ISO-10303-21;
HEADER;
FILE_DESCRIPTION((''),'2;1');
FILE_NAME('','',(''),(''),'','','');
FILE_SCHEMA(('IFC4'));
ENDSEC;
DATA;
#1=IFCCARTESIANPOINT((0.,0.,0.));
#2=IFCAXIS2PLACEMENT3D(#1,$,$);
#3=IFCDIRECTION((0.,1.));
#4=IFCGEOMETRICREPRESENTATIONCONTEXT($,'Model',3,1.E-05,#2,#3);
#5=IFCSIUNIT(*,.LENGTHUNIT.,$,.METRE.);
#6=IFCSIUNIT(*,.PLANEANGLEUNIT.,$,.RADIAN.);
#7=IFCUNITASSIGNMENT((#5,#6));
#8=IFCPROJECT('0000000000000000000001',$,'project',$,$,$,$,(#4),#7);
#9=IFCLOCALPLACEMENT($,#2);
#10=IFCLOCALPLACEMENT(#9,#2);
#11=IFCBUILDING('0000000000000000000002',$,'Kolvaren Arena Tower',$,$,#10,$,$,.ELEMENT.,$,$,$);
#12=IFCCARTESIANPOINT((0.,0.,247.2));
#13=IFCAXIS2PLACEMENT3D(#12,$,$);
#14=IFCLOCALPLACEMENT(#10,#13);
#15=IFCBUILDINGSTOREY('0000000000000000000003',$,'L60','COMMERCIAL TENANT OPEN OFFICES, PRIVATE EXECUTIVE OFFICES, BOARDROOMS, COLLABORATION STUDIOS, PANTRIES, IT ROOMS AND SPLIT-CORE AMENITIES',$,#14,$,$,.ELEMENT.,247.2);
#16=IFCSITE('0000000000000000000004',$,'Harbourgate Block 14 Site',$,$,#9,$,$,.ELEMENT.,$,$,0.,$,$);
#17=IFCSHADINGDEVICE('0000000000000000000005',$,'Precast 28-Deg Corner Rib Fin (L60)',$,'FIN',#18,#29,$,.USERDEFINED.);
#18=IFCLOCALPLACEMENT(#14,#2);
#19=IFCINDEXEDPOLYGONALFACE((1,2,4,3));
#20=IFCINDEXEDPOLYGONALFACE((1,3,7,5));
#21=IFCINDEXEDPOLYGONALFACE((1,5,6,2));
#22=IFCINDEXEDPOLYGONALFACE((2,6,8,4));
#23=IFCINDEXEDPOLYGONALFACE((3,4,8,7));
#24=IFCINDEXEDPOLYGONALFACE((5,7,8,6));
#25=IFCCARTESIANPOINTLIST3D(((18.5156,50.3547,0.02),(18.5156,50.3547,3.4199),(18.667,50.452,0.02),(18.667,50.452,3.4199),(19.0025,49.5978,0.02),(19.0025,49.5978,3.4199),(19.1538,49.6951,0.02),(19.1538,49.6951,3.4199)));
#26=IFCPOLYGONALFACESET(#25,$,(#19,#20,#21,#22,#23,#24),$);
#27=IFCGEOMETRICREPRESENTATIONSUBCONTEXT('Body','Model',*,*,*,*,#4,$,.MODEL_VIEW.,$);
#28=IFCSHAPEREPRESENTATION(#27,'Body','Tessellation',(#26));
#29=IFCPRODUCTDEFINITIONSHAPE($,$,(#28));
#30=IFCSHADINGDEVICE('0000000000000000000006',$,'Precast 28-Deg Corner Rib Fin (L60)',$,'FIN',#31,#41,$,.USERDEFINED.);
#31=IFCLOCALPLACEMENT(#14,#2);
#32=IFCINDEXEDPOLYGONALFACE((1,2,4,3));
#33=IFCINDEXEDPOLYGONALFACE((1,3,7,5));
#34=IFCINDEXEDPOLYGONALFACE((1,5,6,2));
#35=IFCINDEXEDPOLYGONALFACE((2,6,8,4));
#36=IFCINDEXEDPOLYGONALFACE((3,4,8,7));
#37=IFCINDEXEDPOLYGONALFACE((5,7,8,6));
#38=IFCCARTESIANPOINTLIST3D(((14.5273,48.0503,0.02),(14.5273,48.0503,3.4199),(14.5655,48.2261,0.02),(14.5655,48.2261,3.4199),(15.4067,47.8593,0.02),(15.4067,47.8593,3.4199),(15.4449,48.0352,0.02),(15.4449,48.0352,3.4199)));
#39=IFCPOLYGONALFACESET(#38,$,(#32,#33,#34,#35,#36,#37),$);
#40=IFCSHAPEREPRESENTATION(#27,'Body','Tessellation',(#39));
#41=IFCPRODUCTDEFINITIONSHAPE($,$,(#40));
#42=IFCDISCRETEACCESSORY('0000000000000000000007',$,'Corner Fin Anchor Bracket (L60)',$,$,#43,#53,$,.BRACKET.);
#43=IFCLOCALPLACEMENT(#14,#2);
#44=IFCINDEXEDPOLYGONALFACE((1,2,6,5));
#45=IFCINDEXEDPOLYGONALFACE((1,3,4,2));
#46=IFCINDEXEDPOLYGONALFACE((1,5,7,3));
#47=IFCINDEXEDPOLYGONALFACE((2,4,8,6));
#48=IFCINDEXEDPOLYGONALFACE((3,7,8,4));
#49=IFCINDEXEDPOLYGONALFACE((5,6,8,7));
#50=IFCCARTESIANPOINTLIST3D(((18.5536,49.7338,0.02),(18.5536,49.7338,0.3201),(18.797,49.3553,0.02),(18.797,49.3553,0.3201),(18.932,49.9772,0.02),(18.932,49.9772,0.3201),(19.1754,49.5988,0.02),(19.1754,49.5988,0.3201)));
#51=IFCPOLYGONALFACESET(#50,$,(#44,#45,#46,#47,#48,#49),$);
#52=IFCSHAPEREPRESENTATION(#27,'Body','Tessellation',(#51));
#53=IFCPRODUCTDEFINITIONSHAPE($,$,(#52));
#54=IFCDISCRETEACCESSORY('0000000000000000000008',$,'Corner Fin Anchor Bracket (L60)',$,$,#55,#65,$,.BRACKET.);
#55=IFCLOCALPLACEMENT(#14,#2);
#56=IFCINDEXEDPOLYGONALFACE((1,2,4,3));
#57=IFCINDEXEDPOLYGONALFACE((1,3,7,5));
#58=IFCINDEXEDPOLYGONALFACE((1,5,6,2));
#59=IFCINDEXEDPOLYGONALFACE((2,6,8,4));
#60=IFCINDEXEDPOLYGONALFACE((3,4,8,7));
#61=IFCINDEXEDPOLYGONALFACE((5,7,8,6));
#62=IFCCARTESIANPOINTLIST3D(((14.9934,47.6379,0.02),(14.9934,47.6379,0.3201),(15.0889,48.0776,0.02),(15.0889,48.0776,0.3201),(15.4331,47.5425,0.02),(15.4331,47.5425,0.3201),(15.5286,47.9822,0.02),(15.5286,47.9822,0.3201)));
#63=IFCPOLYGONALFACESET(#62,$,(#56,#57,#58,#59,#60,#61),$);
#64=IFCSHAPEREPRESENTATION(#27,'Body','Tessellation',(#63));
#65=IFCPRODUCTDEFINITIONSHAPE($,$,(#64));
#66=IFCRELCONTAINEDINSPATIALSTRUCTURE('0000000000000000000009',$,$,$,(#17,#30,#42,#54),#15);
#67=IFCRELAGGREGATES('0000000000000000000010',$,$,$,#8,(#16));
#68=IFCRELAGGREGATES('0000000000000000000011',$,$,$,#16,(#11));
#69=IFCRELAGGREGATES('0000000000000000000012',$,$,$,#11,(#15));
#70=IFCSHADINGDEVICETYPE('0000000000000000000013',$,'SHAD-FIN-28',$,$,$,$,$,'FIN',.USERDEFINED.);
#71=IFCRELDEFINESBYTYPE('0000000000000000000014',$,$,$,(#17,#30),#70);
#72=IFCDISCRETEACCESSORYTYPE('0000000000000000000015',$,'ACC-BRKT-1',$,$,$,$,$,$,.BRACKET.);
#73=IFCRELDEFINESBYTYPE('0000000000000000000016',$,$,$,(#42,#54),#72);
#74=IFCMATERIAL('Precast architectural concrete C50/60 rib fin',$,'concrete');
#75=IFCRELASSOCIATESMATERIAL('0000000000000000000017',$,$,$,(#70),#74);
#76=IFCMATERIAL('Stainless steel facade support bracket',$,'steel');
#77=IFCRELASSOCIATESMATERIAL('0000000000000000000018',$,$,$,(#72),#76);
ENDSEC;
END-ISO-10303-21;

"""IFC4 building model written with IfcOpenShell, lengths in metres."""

from ifc_helpers import new_model, si_unit, direction, frame, origin, origin_2d, place, context, subcontext, project, spatial, rectangle, extrude, material, type_object, element, save


model = new_model("IFC4")

# Units and contexts
model_context = context("Model", 3, precision=1e-05, world=origin(), true_north=direction((0.0, 1.0)))
body_context = subcontext(model_context, "Body", "Model", "MODEL_VIEW")
ifc_project = project(units=[si_unit("LENGTHUNIT", "METRE"), si_unit("PLANEANGLEUNIT", "RADIAN")], contexts=[model_context])

# Site, building, storey
site_placement = place(None, origin())
site = spatial("IfcSite", under=ifc_project, at=site_placement, Name="Harbourgate Block 14 Site", CompositionType="ELEMENT", RefElevation=0.0)
building_placement = place(site_placement, origin())
building = spatial("IfcBuilding", under=site, at=building_placement, Name="Kolvaren Arena Tower", CompositionType="ELEMENT")
storey_placement = place(building_placement, frame((0.0, 0.0, 247.2)))
storey = spatial("IfcBuildingStorey", under=building, at=storey_placement, Name="L60", Description="COMMERCIAL TENANT OPEN OFFICES, PRIVATE EXECUTIVE OFFICES, BOARDROOMS, COLLABORATION STUDIOS, PANTRIES, IT ROOMS AND SPLIT-CORE AMENITIES", CompositionType="ELEMENT", Elevation=247.2)

# Shading devices
ifc_material_1 = material(Name="Precast architectural concrete C50/60 rib fin", Category="concrete")
shading_device_type = type_object("IfcShadingDeviceType", Name="SHAD-FIN-28", ElementType="FIN", PredefinedType="USERDEFINED", material=ifc_material_1)
for number, where, z_axis, x_axis, name in (
    (1, (18.8347, 50.0249, 0.02), (0.0, 0.0, 1.0), (-0.540982, 0.841034, 0.0), "Precast 28-Deg Corner Rib Fin (L60)"),
    (2, (14.9861, 48.0427, 0.02), (0.0, 0.0, 1.0), (-0.977234, 0.212162, 0.0), "Precast 28-Deg Corner Rib Fin (L60)"),
):
    element("IfcShadingDevice", number, at=place(storey_placement, frame(where, z_axis=z_axis, x_axis=x_axis)), inside=storey, type_object=shading_device_type, Name=name, ObjectType="FIN", PredefinedType="USERDEFINED", context=body_context, shape_type="SweptSolid", body=[
        extrude(rectangle(XDim=0.8999, YDim=0.1799, at=origin_2d()), origin(), (0.0, 0.0, 1.0), 3.3999),
    ])

# Discrete accessories
ifc_material_2 = material(Name="Stainless steel facade support bracket", Category="steel")
discrete_accessory_type = type_object("IfcDiscreteAccessoryType", Name="ACC-BRKT-1", PredefinedType="BRACKET", material=ifc_material_2)
for number, where, z_axis, x_axis, name in (
    (3, (18.8645, 49.6663, 0.02), (0.0, 0.0, 1.0), (-0.540982, 0.841034, 0.0), "Corner Fin Anchor Bracket (L60)"),
    (4, (15.261, 47.8101, 0.02), (0.0, 0.0, 1.0), (-0.977234, 0.212162, 0.0), "Corner Fin Anchor Bracket (L60)"),
):
    element("IfcDiscreteAccessory", number, at=place(storey_placement, frame(where, z_axis=z_axis, x_axis=x_axis)), inside=storey, type_object=discrete_accessory_type, Name=name, PredefinedType="BRACKET", context=body_context, shape_type="SweptSolid", body=[
        extrude(rectangle(XDim=0.45, YDim=0.45, at=origin_2d()), origin(), (0.0, 0.0, 1.0), 0.3),
    ])

save(model, "model.ifc")
